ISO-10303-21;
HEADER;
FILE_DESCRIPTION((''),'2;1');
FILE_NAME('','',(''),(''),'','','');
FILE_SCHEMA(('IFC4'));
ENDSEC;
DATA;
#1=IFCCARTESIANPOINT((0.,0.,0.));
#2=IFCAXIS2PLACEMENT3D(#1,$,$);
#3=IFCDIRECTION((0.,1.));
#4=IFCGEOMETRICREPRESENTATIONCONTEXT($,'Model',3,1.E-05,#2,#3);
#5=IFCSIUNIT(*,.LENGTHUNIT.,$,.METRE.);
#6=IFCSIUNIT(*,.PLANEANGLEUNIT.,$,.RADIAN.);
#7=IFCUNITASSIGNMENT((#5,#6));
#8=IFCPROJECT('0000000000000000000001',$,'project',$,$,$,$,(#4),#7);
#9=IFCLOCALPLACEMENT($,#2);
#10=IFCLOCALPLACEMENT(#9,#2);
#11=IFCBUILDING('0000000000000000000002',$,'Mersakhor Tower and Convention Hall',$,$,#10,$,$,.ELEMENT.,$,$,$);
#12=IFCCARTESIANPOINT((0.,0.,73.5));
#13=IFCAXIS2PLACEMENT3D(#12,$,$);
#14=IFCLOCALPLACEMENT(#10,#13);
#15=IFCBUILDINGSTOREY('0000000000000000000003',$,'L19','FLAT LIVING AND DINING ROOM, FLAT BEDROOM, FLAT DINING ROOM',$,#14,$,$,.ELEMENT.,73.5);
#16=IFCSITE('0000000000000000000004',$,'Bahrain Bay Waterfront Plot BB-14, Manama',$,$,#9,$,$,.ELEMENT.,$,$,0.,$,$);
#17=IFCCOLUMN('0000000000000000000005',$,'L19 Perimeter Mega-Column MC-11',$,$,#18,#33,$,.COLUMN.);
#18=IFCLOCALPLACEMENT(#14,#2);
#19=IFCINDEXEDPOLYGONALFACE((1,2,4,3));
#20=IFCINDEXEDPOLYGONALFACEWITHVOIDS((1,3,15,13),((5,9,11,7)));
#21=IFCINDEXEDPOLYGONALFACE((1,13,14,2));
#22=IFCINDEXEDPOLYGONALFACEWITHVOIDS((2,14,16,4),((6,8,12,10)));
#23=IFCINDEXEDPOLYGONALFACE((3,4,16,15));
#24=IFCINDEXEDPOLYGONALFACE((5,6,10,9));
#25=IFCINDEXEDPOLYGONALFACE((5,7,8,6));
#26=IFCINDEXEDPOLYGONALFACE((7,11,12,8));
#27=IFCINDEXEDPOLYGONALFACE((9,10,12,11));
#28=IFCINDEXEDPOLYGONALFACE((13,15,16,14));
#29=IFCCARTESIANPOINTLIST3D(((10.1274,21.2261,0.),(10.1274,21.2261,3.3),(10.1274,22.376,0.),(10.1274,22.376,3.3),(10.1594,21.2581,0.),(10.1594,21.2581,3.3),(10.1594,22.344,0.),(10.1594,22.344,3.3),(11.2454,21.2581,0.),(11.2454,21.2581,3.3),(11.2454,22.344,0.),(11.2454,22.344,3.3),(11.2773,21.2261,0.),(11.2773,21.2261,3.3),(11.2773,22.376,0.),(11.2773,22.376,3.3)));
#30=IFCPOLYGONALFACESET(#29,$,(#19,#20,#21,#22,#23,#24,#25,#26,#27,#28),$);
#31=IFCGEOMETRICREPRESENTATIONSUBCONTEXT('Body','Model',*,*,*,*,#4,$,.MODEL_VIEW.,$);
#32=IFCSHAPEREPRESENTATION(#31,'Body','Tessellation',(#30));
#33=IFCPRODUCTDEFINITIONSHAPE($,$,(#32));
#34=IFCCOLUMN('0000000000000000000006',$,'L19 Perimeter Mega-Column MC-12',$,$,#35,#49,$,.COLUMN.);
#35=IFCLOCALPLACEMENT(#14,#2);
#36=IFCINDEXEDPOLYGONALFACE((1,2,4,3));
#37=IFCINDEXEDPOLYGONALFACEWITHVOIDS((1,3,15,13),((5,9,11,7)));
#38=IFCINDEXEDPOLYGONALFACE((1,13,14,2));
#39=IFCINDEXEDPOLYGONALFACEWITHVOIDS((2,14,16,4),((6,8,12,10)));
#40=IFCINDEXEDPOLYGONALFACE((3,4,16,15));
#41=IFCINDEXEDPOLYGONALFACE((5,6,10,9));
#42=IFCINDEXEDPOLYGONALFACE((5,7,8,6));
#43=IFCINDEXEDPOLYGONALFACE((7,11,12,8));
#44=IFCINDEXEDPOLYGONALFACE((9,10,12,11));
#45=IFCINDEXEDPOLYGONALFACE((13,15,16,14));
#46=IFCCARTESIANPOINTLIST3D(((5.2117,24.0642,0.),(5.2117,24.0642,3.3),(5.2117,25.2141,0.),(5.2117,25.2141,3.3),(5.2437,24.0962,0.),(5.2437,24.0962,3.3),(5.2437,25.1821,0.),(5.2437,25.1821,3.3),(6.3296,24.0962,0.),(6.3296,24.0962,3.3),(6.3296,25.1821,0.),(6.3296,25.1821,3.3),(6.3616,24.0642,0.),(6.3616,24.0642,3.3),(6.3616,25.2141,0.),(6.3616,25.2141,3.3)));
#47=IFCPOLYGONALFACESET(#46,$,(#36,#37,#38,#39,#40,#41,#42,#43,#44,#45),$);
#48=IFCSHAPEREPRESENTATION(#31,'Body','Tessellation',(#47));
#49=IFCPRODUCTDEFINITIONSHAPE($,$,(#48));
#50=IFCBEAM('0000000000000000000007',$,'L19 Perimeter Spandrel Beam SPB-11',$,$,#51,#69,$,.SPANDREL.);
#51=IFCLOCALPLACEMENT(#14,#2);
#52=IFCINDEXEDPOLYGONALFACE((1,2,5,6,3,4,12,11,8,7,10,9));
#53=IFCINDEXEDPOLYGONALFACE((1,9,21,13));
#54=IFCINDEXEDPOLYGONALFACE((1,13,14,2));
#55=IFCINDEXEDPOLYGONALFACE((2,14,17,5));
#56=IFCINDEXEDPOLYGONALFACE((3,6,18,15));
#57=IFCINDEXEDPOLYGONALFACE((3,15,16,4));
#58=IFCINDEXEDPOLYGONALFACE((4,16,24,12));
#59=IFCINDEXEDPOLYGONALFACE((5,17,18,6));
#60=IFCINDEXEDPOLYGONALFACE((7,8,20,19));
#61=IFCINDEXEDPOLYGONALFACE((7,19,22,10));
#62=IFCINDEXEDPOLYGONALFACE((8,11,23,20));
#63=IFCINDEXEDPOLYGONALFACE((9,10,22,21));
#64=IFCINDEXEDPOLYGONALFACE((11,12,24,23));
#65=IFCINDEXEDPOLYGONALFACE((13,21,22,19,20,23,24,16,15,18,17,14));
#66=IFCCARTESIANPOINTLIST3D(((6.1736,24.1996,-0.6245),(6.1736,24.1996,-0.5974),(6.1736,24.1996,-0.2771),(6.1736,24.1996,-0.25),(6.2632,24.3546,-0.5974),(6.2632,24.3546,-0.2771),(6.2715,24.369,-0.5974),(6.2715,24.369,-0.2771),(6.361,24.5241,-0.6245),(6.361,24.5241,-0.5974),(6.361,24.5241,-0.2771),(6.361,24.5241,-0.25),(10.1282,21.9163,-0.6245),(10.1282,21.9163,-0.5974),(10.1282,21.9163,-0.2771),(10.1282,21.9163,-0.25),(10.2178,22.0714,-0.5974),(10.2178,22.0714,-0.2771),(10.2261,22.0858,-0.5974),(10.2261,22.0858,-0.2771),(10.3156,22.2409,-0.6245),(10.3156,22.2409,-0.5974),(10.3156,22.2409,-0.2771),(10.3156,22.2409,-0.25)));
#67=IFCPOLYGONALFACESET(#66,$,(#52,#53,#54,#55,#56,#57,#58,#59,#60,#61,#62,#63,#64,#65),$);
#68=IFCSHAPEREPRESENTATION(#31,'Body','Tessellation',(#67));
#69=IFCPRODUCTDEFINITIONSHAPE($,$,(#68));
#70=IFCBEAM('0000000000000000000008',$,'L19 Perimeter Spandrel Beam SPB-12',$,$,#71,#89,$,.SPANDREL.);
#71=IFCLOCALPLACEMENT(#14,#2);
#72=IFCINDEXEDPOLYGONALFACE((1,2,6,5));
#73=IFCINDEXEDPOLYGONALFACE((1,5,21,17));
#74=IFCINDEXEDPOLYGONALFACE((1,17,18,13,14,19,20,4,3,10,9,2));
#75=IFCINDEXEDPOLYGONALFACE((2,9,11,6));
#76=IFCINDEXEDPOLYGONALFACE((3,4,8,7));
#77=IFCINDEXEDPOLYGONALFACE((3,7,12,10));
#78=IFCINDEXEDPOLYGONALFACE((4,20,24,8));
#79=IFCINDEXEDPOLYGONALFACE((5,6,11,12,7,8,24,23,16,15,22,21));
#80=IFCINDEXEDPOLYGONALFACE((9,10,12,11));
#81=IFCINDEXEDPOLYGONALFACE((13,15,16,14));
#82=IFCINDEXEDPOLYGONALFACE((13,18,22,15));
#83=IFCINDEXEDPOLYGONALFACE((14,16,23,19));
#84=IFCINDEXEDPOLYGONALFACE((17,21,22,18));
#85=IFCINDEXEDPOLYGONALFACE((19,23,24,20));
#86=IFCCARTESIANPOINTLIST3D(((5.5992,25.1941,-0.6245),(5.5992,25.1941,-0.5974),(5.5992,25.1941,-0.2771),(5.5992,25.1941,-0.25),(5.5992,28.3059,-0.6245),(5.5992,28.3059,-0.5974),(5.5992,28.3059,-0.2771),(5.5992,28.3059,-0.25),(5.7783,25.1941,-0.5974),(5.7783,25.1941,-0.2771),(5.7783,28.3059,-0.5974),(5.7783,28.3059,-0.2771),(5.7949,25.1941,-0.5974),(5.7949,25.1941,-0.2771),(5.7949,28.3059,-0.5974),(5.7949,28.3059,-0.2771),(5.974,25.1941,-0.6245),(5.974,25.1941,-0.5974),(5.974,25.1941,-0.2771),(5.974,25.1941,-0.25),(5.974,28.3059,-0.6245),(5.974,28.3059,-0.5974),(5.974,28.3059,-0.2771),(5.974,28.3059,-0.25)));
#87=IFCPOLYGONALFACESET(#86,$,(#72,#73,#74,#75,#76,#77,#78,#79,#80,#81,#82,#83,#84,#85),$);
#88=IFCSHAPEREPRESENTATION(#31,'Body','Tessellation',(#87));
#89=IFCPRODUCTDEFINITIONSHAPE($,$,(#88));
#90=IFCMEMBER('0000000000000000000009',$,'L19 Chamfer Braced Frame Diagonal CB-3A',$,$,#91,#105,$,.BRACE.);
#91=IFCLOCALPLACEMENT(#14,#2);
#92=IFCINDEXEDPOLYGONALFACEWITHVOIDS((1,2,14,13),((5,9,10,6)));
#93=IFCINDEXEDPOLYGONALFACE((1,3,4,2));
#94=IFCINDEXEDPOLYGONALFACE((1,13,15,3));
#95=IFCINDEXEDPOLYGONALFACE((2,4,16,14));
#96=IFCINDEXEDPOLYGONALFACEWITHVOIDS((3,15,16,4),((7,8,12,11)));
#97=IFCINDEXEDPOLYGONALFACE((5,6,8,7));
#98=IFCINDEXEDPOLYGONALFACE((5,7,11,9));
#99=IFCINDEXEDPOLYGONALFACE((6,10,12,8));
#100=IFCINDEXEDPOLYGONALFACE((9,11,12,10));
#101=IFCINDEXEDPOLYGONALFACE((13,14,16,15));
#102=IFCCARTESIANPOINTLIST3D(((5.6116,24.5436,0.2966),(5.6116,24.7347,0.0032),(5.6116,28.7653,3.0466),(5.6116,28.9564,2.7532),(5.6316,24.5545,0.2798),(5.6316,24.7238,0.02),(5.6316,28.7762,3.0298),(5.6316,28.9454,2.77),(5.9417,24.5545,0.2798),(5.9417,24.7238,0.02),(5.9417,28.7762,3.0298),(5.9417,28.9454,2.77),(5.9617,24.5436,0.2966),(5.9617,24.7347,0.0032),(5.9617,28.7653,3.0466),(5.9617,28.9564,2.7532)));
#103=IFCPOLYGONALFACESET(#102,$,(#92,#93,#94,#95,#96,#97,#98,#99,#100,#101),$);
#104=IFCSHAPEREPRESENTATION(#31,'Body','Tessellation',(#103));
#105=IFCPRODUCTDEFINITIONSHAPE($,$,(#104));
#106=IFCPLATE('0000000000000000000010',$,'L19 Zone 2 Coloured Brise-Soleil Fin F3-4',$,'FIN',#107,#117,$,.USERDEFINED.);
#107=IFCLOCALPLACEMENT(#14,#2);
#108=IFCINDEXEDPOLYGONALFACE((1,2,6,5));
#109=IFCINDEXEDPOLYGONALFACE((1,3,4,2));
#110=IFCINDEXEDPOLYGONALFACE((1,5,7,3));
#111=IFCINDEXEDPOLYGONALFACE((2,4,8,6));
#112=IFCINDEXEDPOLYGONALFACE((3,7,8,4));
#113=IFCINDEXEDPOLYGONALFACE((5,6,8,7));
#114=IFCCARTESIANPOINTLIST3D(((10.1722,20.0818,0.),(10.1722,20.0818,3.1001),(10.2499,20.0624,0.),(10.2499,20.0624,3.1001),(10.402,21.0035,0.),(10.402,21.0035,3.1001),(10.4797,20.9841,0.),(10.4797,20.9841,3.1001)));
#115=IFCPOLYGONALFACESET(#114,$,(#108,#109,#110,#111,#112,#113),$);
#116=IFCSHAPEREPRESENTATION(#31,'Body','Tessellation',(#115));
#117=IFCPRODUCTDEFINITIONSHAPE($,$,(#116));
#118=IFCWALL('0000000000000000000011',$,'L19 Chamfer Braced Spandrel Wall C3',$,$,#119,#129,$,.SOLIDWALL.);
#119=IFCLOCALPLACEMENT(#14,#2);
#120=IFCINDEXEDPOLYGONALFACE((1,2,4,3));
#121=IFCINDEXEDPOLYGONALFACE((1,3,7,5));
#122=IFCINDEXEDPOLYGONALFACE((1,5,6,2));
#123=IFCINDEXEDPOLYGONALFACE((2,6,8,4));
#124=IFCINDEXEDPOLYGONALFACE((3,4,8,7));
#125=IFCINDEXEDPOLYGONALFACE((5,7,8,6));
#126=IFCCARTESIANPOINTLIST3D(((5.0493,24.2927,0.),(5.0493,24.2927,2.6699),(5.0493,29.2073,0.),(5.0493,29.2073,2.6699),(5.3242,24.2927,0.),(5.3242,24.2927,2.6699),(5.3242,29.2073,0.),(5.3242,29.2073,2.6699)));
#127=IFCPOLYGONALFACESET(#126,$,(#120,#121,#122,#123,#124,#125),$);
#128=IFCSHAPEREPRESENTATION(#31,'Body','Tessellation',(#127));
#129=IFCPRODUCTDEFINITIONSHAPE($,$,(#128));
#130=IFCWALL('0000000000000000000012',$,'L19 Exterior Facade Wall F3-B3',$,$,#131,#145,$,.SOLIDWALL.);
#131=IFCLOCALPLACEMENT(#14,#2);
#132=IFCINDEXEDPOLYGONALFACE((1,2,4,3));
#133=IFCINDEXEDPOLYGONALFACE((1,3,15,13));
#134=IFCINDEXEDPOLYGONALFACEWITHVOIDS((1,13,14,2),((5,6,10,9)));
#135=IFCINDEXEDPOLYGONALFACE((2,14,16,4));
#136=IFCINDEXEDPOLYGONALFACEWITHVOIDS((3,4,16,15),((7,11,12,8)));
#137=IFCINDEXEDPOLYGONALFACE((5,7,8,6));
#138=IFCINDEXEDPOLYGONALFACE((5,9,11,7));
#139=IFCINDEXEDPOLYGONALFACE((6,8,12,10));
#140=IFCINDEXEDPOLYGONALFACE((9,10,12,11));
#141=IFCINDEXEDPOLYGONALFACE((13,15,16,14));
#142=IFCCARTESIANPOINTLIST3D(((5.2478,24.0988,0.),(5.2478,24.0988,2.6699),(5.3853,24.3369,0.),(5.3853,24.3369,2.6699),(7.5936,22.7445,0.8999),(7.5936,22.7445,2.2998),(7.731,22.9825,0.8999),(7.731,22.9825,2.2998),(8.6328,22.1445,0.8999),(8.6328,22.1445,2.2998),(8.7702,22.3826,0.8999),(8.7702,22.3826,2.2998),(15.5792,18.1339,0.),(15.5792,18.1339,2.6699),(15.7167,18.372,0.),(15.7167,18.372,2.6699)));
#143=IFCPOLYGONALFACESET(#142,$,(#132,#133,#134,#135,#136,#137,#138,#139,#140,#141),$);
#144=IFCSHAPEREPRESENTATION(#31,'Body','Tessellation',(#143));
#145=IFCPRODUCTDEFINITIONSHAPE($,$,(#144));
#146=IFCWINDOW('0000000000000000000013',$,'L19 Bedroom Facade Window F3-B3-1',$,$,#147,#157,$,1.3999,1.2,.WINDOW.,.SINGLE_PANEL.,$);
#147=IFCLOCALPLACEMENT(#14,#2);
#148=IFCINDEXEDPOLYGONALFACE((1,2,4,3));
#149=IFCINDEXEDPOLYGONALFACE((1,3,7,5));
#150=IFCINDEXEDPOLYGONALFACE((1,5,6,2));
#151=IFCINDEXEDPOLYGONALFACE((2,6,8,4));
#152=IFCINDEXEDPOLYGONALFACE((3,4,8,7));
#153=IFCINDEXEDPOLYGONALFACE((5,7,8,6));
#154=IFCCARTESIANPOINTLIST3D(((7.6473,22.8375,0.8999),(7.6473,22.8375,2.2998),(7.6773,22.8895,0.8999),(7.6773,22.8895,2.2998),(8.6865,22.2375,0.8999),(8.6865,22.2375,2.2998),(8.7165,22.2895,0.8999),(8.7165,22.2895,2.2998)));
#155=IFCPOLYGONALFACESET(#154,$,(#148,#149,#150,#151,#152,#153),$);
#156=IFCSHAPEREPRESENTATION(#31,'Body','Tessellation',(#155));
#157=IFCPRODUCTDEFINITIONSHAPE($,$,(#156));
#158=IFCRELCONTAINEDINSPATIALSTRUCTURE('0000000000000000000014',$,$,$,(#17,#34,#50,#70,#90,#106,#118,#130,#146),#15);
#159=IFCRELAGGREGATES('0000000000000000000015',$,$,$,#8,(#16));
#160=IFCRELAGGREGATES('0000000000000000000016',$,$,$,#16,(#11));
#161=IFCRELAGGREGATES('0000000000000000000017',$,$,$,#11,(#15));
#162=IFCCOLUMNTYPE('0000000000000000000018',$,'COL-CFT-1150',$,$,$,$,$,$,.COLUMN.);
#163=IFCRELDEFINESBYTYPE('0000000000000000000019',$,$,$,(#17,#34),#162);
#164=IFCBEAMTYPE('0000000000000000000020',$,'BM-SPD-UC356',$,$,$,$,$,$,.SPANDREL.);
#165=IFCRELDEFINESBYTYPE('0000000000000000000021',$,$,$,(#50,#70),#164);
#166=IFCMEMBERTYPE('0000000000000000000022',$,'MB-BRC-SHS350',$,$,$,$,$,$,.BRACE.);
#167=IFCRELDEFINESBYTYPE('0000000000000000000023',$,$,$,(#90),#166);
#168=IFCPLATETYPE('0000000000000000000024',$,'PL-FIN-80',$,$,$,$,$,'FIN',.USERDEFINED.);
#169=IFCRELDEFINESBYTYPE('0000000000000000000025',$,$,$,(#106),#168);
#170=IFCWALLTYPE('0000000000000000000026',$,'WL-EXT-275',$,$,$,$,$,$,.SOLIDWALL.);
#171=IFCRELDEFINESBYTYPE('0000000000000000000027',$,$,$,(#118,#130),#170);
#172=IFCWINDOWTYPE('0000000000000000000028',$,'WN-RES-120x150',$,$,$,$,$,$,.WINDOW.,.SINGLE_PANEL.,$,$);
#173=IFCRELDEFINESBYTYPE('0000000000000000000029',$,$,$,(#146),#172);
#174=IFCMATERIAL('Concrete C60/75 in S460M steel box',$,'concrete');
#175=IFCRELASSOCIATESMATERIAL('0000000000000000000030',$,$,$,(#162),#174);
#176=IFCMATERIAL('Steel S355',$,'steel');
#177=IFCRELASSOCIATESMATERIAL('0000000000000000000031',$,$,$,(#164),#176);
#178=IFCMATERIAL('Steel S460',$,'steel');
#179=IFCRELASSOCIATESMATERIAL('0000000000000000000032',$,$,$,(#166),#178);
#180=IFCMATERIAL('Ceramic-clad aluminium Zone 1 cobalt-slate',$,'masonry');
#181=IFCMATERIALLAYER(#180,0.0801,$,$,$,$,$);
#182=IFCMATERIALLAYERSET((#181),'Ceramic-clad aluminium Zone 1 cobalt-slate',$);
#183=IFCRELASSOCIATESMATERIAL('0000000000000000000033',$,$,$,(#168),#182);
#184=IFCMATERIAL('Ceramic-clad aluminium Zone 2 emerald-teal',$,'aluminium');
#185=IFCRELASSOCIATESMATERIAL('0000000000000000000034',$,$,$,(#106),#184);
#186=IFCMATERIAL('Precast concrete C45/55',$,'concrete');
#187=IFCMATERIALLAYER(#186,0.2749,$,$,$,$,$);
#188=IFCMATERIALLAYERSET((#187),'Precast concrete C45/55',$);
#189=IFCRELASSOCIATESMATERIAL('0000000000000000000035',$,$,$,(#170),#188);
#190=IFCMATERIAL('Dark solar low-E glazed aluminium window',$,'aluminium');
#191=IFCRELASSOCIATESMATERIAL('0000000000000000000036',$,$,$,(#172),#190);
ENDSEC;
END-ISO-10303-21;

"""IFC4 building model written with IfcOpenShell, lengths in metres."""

from ifc_helpers import new_model, si_unit, direction, frame, frame_2d, origin, origin_2d, place, context, subcontext, project, spatial, rectangle, hollow_rectangle, i_section, extrude, material, layer, layer_set, material_profile, profile_set, type_object, element, fill, save


model = new_model("IFC4")

# Units and contexts
model_context = context("Model", 3, precision=1e-05, world=origin(), true_north=direction((0.0, 1.0)))
body_context = subcontext(model_context, "Body", "Model", "MODEL_VIEW")
ifc_project = project(units=[si_unit("LENGTHUNIT", "METRE"), si_unit("PLANEANGLEUNIT", "RADIAN")], contexts=[model_context])

# Site, building, storey
site_placement = place(None, origin())
site = spatial("IfcSite", under=ifc_project, at=site_placement, Name="Bahrain Bay Waterfront Plot BB-14, Manama", CompositionType="ELEMENT", RefElevation=0.0)
building_placement = place(site_placement, origin())
building = spatial("IfcBuilding", under=site, at=building_placement, Name="Mersakhor Tower and Convention Hall", CompositionType="ELEMENT")
storey_placement = place(building_placement, frame((0.0, 0.0, 73.5)))
storey = spatial("IfcBuildingStorey", under=building, at=storey_placement, Name="L19", Description="FLAT LIVING AND DINING ROOM, FLAT BEDROOM, FLAT DINING ROOM", CompositionType="ELEMENT", Elevation=73.5)

# Columns
ifc_material_1 = material(Name="Concrete C60/75 in S460M steel box", Category="concrete")
ifc_material_profile_1 = material_profile(ifc_material_1, hollow_rectangle(XDim=1.1499, YDim=1.1499, WallThickness=0.032, at=origin_2d()), Name="SHS 1150x1150x32")
ifc_profile_set_1 = profile_set([ifc_material_profile_1], Name="Concrete C60/75 in S460M steel box")
column_type = type_object("IfcColumnType", Name="COL-CFT-1150", PredefinedType="COLUMN", material=ifc_profile_set_1)
for number, where, z_axis, x_axis, name in (
    (1, (10.7024, 21.801, 0.0), (0.0, 0.0, 1.0), (1.0, 0.0, 0.0), "L19 Perimeter Mega-Column MC-11"),
    (2, (5.7866, 24.6392, 0.0), (0.0, 0.0, 1.0), (1.0, 0.0, 0.0), "L19 Perimeter Mega-Column MC-12"),
):
    element("IfcColumn", number, at=place(storey_placement, frame(where, z_axis=z_axis, x_axis=x_axis)), inside=storey, type_object=column_type, Name=name, PredefinedType="COLUMN", context=body_context, shape_type="SweptSolid", body=[
        extrude(hollow_rectangle(XDim=1.1499, YDim=1.1499, WallThickness=0.032, at=origin_2d()), origin(), (0.0, 0.0, 1.0), 3.3),
    ])

# Beams
ifc_material_2 = material(Name="Steel S355", Category="steel")
ifc_material_profile_2 = material_profile(ifc_material_2, i_section(OverallWidth=0.3748, OverallDepth=0.3745, WebThickness=0.0166, FlangeThickness=0.0271, at=origin_2d()), Name="UC 356x368x202")
ifc_profile_set_2 = profile_set([ifc_material_profile_2], Name="Steel S355")
beam_type = type_object("IfcBeamType", Name="BM-SPD-UC356", PredefinedType="SPANDREL", material=ifc_profile_set_2)
beam_1_placement = place(storey_placement, frame((10.2219, 22.0786, -0.4373), z_axis=(-0.866024, 0.500003, 0.0), x_axis=(-0.500003, -0.866024, 0.0)))
element("IfcBeam", 3, at=beam_1_placement, inside=storey, type_object=beam_type, Name="L19 Perimeter Spandrel Beam SPB-11", PredefinedType="SPANDREL", context=body_context, shape_type="SweptSolid", body=[
    extrude(i_section(OverallWidth=0.3748, OverallDepth=0.3745, WebThickness=0.0166, FlangeThickness=0.0271, at=origin_2d()), origin(), (0.0, 0.0, 1.0), 4.5664),
])
beam_2_placement = place(storey_placement, frame((5.7866, 25.1941, -0.4373), z_axis=(0.0, 1.0, 0.0), x_axis=(-1.0, 0.0, 0.0)))
element("IfcBeam", 4, at=beam_2_placement, inside=storey, type_object=beam_type, Name="L19 Perimeter Spandrel Beam SPB-12", PredefinedType="SPANDREL", context=body_context, shape_type="SweptSolid", body=[
    extrude(i_section(OverallWidth=0.3748, OverallDepth=0.3745, WebThickness=0.0166, FlangeThickness=0.0271, at=origin_2d()), origin(), (0.0, 0.0, 1.0), 3.1118),
])

# Member
ifc_material_3 = material(Name="Steel S460", Category="steel")
ifc_material_profile_3 = material_profile(ifc_material_3, hollow_rectangle(XDim=0.3501, YDim=0.3501, WallThickness=0.02, at=origin_2d()), Name="SHS 350x350x20")
ifc_profile_set_3 = profile_set([ifc_material_profile_3], Name="Steel S460")
member_type = type_object("IfcMemberType", Name="MB-BRC-SHS350", PredefinedType="BRACE", material=ifc_profile_set_3)
member_placement = place(storey_placement, frame((5.7866, 24.6392, 0.1499), z_axis=(0.0, 0.837907, 0.545812), x_axis=(-1.0, 0.0, 0.0)))
element("IfcMember", 5, at=member_placement, inside=storey, type_object=member_type, Name="L19 Chamfer Braced Frame Diagonal CB-3A", PredefinedType="BRACE", context=body_context, shape_type="SweptSolid", body=[
    extrude(hollow_rectangle(XDim=0.3501, YDim=0.3501, WallThickness=0.02, at=origin_2d()), origin(), (0.0, 0.0, 1.0), 5.0383),
])

# Plate
ifc_material_4 = material(Name="Ceramic-clad aluminium Zone 2 emerald-teal", Category="aluminium")
ifc_material_5 = material(Name="Ceramic-clad aluminium Zone 1 cobalt-slate", Category="masonry")
ifc_layer_1 = layer(ifc_material_5, 0.0801)
ifc_layer_set_1 = layer_set([ifc_layer_1], Name="Ceramic-clad aluminium Zone 1 cobalt-slate")
plate_type = type_object("IfcPlateType", Name="PL-FIN-80", ElementType="FIN", PredefinedType="USERDEFINED", material=ifc_layer_set_1)
plate_placement = place(storey_placement, frame((10.3259, 20.533, 0.0), z_axis=(0.0, 0.0, 1.0), x_axis=(-0.241922, -0.970296, 0.0)))
element("IfcPlate", 6, at=plate_placement, inside=storey, type_object=plate_type, material=ifc_material_4, Name="L19 Zone 2 Coloured Brise-Soleil Fin F3-4", ObjectType="FIN", PredefinedType="USERDEFINED", context=body_context, shape_type="SweptSolid", body=[
    extrude(rectangle(XDim=0.95, YDim=0.0801, at=origin_2d()), origin(), (0.0, 0.0, 1.0), 3.1001),
])

# Wall
ifc_material_6 = material(Name="Precast concrete C45/55", Category="concrete")
ifc_layer_2 = layer(ifc_material_6, 0.2749)
ifc_layer_set_2 = layer_set([ifc_layer_2], Name="Precast concrete C45/55")
wall_type_1 = type_object("IfcWallType", Name="WL-EXT-275", PredefinedType="SOLIDWALL", material=ifc_layer_set_2)
wall_1_placement = place(storey_placement, frame((5.1868, 24.2927, 0.0), z_axis=(0.0, 0.0, 1.0), x_axis=(0.0, 1.0, 0.0)))
element("IfcWall", 7, at=wall_1_placement, inside=storey, type_object=wall_type_1, Name="L19 Chamfer Braced Spandrel Wall C3", PredefinedType="SOLIDWALL", context=body_context, shape_type="SweptSolid", body=[
    extrude(rectangle(XDim=4.9146, YDim=0.2749, at=frame_2d((2.4573, 0.0))), origin(), (0.0, 0.0, 1.0), 2.6699),
])

# Wall, opening, window
wall_2_placement = place(storey_placement, frame((15.6479, 18.2529, 0.0), z_axis=(0.0, 0.0, 1.0), x_axis=(-0.866023, 0.500004, 0.0)))
wall_2 = element("IfcWall", 8, at=wall_2_placement, inside=storey, type_object=wall_type_1, Name="L19 Exterior Facade Wall F3-B3", PredefinedType="SOLIDWALL", context=body_context, shape_type="SweptSolid", body=[
    extrude(rectangle(XDim=11.9297, YDim=0.2749, at=frame_2d((5.9648, 0.0))), origin(), (0.0, 0.0, 1.0), 2.6699),
])
opening_1_placement = place(wall_2_placement, frame((8.021, 0.0, 0.8999)))
opening_1 = element("IfcOpeningElement", 9, at=opening_1_placement, cuts=wall_2, PredefinedType="OPENING", context=body_context, shape_type="SweptSolid", body=[
    extrude(rectangle(XDim=1.2, YDim=1.3999, at=frame_2d((0.6001, 0.7))), frame((0.0, 0.1475, 0.0), z_axis=(0.0, -1.0, 0.0), x_axis=(1.0, 0.0, 0.0)), (0.0, 0.0, 1.0), 0.2949),
])
ifc_material_7 = material(Name="Dark solar low-E glazed aluminium window", Category="aluminium")
window_type = type_object("IfcWindowType", Name="WN-RES-120x150", PartitioningType="SINGLE_PANEL", PredefinedType="WINDOW", material=ifc_material_7)
window_placement = place(opening_1_placement, origin())
window = element("IfcWindow", 10, at=window_placement, inside=storey, type_object=window_type, Name="L19 Bedroom Facade Window F3-B3-1", OverallHeight=1.3999, OverallWidth=1.2, PartitioningType="SINGLE_PANEL", PredefinedType="WINDOW", context=body_context, shape_type="SweptSolid", body=[
    extrude(rectangle(XDim=1.2, YDim=1.3999, at=frame_2d((0.6001, 0.7))), frame((0.0, 0.03, 0.0), z_axis=(0.0, -1.0, 0.0), x_axis=(1.0, 0.0, 0.0)), (0.0, 0.0, 1.0), 0.0601),
])
fill(opening_1, window)

save(model, "model.ifc")
